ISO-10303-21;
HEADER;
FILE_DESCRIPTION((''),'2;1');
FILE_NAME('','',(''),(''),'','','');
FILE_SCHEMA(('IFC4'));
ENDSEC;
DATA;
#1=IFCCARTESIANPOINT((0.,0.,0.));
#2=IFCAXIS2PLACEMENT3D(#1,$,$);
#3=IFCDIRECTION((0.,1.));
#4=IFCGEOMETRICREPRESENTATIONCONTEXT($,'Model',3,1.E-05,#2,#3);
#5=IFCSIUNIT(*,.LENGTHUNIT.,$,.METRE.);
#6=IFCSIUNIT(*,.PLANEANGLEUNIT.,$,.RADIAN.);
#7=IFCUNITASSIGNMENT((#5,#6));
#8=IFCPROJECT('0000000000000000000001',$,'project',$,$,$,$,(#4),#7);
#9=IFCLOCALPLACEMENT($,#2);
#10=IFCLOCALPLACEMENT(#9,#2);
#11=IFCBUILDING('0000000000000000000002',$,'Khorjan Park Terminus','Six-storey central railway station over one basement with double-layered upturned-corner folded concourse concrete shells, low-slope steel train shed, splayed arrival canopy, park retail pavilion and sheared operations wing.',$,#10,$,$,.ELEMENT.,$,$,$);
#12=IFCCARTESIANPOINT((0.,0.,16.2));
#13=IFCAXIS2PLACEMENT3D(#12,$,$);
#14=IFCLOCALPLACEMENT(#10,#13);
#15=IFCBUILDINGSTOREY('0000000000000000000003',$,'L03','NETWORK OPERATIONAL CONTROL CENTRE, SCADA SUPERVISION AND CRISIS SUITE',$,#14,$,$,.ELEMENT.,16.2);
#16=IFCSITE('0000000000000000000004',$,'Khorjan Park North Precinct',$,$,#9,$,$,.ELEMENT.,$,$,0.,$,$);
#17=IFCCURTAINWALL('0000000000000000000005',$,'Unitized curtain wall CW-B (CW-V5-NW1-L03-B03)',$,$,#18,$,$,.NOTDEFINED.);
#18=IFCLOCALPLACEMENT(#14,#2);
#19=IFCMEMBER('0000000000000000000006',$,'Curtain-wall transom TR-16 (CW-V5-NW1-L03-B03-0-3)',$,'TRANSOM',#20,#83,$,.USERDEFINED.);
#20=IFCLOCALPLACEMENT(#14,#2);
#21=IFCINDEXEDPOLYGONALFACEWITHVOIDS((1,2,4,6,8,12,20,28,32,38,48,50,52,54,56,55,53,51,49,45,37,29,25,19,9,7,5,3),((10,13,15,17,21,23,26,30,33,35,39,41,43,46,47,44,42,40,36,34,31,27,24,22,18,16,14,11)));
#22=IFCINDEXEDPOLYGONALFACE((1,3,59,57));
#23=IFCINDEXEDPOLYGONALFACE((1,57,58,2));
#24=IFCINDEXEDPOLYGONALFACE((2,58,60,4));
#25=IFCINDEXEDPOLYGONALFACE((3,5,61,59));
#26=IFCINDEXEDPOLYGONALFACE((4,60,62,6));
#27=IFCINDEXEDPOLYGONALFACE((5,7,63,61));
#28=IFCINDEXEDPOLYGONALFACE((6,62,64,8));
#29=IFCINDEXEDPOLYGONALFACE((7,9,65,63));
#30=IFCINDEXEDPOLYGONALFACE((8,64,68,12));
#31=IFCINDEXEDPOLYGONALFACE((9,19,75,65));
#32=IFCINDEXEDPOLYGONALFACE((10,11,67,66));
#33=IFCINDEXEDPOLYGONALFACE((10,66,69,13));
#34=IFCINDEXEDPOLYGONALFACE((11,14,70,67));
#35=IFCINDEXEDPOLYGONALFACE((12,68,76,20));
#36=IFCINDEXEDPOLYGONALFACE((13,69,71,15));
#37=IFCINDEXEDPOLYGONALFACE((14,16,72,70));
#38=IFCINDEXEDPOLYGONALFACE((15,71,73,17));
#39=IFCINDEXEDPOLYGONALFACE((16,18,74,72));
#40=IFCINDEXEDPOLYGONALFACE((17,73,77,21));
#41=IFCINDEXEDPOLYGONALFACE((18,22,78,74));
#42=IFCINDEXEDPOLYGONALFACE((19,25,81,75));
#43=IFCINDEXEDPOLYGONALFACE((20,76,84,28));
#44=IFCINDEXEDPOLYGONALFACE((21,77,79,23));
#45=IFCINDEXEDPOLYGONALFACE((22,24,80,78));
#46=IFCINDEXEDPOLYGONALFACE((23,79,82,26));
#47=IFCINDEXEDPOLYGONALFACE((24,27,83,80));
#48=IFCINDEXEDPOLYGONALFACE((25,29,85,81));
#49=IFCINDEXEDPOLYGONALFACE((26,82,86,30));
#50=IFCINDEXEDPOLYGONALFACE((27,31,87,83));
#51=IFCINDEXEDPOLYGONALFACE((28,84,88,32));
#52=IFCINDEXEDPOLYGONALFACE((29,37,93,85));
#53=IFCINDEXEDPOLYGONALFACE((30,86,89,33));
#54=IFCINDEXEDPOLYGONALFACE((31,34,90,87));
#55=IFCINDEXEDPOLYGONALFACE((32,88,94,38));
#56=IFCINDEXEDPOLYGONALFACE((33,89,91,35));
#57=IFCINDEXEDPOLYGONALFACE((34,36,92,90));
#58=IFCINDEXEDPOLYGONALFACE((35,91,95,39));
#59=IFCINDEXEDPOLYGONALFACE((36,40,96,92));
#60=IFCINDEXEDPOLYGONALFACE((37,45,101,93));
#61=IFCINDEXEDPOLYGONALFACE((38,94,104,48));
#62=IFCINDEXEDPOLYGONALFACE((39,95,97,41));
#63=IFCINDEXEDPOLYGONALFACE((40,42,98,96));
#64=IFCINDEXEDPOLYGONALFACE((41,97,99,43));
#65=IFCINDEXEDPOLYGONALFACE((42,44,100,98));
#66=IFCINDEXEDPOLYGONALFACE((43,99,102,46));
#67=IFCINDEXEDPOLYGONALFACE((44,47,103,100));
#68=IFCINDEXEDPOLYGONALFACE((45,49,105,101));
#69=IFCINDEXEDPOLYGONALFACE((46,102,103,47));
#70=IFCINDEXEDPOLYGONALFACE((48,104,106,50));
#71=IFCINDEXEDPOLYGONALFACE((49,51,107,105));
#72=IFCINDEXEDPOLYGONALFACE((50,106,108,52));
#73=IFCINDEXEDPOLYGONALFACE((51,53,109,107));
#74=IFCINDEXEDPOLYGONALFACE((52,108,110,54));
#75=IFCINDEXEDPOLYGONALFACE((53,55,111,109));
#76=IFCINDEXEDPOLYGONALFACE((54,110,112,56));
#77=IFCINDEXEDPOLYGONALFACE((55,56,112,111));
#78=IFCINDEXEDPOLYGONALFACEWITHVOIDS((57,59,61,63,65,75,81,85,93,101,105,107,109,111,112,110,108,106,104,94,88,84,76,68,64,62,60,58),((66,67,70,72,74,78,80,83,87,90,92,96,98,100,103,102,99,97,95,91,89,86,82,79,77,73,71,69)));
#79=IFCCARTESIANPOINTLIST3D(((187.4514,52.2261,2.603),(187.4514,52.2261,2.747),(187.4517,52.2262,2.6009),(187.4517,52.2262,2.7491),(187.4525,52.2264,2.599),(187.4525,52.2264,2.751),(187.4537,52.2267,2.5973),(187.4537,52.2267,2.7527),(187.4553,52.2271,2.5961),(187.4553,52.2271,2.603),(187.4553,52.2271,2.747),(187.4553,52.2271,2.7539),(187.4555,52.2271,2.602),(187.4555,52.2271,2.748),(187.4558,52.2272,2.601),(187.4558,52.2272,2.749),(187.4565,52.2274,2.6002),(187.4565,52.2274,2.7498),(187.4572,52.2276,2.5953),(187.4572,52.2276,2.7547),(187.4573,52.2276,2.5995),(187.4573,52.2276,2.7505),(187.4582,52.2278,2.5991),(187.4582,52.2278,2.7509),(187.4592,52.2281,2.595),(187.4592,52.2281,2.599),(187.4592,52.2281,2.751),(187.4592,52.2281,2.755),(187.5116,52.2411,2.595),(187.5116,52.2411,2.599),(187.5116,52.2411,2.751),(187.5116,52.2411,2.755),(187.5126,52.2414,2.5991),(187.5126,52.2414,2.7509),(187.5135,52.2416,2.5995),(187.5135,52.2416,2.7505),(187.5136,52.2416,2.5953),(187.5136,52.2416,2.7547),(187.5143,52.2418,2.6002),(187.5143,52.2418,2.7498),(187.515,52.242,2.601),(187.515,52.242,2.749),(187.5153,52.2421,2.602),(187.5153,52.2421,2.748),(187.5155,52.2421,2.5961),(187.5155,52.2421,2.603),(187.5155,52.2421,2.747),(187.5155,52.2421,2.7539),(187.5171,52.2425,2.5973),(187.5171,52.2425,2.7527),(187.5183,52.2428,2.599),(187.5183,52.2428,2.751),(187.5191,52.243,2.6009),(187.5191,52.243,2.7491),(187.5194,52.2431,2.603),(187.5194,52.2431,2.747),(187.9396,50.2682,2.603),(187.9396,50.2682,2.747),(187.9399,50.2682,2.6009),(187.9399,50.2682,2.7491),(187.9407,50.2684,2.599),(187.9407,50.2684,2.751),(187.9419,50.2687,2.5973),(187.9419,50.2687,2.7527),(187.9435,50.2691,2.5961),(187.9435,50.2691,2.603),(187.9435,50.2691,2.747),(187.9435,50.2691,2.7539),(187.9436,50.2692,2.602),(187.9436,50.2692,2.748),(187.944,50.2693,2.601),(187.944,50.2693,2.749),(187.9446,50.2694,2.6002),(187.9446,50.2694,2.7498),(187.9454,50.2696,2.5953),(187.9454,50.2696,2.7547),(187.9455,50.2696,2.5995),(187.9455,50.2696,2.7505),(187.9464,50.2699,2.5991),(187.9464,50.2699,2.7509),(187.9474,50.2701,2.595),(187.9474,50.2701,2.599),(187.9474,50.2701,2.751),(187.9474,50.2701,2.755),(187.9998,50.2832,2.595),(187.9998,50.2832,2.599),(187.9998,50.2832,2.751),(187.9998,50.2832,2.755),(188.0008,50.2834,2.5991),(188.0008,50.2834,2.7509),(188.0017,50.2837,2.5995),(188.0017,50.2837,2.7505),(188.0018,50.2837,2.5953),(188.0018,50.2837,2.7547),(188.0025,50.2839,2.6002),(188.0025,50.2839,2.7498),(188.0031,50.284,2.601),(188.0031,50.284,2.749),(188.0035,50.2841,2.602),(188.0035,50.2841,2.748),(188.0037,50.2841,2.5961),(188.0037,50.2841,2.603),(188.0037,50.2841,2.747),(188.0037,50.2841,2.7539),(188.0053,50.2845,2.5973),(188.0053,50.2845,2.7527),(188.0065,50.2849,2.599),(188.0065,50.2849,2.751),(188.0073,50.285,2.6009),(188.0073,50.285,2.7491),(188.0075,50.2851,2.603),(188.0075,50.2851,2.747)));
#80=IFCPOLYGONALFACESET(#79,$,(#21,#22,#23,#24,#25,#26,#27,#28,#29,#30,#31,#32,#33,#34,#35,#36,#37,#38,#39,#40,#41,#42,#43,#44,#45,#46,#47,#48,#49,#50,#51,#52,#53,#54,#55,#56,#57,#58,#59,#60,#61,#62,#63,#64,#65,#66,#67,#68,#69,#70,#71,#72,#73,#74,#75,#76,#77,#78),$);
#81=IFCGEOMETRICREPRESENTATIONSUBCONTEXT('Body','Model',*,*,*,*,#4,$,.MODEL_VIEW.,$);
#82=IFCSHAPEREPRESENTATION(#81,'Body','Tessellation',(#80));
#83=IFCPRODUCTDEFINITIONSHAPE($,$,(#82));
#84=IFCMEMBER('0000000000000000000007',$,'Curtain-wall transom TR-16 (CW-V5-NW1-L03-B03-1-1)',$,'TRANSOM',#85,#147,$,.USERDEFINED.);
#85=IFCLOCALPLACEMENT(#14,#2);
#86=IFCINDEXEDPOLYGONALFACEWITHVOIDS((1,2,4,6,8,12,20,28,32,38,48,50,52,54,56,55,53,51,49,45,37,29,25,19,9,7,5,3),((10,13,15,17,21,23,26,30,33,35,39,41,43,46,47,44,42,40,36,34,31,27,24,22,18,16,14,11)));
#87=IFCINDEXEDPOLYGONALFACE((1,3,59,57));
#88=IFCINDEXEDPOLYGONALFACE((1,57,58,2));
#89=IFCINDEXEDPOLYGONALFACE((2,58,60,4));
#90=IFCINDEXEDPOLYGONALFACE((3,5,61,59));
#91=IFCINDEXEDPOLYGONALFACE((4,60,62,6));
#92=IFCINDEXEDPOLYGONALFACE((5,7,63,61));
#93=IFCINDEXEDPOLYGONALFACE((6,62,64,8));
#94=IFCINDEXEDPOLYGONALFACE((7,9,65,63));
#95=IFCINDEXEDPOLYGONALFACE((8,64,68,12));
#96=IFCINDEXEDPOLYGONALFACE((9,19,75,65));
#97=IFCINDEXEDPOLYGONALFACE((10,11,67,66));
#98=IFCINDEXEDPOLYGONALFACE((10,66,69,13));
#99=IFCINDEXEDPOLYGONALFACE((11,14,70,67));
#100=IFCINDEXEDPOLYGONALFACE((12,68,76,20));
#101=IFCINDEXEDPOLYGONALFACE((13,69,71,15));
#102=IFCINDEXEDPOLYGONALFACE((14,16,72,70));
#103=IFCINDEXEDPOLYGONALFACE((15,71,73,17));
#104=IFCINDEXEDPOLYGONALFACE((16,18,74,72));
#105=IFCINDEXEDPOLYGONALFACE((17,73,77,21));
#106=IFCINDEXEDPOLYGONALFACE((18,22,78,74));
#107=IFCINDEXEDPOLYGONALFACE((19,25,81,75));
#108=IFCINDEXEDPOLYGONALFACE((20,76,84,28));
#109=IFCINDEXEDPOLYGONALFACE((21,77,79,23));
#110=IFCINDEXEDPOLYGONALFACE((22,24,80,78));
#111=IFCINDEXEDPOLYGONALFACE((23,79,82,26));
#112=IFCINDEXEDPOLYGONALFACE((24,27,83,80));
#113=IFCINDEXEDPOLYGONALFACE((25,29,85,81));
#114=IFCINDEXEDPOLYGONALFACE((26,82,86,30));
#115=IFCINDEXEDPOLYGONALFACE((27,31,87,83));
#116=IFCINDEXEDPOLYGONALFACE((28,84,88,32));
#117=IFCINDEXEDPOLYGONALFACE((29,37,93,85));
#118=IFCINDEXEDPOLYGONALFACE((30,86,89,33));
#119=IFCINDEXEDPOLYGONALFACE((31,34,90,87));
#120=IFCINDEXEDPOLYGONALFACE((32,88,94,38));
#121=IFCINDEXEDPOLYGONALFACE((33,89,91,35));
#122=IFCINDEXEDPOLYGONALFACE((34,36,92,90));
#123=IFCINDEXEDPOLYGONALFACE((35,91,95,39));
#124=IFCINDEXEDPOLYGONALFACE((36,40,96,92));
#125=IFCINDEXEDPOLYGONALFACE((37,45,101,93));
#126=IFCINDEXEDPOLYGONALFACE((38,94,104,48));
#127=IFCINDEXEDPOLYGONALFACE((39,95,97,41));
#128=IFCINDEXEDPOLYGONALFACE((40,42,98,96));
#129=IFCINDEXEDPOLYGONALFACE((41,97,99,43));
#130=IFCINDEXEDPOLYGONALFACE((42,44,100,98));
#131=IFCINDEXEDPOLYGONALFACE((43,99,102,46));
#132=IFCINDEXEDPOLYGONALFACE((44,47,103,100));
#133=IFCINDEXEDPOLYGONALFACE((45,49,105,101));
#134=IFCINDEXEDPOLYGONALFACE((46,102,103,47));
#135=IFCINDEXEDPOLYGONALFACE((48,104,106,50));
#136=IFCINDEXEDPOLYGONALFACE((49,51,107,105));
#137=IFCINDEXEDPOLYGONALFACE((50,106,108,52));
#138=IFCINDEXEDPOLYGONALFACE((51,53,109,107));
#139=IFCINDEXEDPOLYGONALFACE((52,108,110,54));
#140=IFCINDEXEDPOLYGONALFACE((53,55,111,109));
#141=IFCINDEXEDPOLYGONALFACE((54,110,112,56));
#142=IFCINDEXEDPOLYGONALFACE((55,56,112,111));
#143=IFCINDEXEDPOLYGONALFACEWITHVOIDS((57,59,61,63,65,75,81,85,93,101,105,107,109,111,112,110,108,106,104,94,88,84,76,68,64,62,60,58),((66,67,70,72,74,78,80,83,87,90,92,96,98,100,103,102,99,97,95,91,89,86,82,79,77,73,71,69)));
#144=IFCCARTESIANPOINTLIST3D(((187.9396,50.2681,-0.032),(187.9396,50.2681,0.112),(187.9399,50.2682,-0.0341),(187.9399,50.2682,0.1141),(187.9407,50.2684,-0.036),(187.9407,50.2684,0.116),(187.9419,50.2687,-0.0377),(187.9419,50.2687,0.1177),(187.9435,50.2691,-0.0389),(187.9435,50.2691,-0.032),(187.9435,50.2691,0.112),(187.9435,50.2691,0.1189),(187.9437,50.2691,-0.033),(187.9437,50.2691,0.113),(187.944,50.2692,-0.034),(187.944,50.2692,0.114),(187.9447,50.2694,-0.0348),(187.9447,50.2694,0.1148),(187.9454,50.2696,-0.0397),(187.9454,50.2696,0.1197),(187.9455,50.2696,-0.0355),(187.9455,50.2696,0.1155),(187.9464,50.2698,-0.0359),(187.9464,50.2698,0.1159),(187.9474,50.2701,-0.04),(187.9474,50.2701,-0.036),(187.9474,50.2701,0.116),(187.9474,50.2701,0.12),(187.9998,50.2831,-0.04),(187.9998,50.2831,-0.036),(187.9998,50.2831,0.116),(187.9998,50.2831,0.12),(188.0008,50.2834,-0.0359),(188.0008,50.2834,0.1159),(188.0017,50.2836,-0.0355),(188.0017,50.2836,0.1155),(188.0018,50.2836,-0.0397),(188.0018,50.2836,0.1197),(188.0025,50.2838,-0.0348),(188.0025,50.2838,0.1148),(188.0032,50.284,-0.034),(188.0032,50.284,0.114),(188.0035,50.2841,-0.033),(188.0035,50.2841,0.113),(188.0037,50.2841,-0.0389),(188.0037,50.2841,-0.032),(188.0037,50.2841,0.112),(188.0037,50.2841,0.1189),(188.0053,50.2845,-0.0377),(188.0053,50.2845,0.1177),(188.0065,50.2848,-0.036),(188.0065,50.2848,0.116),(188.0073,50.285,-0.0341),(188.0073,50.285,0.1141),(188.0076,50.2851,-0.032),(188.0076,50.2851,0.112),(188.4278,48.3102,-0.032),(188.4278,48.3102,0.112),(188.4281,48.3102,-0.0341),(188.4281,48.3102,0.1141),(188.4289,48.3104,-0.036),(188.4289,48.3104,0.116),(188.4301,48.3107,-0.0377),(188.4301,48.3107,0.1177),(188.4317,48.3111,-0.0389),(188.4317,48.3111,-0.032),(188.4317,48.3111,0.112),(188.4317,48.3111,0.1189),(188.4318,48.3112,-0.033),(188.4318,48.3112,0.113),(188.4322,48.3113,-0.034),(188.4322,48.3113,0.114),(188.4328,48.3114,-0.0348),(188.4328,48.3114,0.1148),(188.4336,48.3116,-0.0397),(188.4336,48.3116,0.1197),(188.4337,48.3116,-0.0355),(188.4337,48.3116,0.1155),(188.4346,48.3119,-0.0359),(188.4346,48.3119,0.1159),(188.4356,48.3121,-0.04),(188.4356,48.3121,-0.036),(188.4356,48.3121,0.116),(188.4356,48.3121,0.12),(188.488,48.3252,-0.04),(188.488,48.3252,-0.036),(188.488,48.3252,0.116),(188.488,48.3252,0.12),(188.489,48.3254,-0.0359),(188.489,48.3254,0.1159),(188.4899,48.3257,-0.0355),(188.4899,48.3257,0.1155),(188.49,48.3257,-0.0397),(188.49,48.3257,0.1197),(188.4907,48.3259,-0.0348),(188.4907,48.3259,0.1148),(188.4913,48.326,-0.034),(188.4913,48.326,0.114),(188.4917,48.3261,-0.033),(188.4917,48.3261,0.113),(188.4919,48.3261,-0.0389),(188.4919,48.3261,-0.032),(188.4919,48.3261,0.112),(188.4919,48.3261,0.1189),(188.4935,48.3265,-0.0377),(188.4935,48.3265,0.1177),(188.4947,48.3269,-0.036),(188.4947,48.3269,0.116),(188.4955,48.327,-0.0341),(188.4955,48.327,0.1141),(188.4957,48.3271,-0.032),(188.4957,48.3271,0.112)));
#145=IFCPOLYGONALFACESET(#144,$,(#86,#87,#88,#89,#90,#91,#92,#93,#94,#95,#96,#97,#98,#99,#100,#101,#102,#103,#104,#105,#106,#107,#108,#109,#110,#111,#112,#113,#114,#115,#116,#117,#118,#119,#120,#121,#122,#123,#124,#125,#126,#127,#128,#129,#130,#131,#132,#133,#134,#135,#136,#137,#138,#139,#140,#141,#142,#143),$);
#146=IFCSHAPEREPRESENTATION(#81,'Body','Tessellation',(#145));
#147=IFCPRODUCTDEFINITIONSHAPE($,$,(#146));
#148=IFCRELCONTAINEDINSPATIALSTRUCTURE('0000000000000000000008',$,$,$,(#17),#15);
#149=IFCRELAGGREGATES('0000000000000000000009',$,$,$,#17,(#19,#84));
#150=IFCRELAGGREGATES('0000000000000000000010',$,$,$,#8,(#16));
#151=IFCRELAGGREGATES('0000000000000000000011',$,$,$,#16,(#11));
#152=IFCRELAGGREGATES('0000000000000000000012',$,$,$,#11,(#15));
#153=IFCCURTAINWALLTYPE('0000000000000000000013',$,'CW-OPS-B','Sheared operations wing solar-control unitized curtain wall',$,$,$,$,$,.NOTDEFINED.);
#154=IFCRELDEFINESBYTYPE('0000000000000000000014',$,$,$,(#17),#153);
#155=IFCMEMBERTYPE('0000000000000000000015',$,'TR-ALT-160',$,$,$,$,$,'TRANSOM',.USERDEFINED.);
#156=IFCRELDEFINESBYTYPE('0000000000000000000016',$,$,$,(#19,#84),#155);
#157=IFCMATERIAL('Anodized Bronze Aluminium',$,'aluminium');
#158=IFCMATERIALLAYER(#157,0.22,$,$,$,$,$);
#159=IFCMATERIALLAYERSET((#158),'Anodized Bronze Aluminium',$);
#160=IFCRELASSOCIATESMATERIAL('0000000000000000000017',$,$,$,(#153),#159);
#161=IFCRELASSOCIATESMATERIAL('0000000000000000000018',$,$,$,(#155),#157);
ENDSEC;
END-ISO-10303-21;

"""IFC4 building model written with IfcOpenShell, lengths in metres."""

from ifc_helpers import new_model, si_unit, direction, frame, origin, origin_2d, place, context, subcontext, project, spatial, hollow_rectangle, extrude, material, layer, layer_set, material_profile, profile_set, type_object, element, aggregate, save


model = new_model("IFC4")

# Units and contexts
model_context = context("Model", 3, precision=1e-05, world=origin(), true_north=direction((0.0, 1.0)))
body_context = subcontext(model_context, "Body", "Model", "MODEL_VIEW")
ifc_project = project(units=[si_unit("LENGTHUNIT", "METRE"), si_unit("PLANEANGLEUNIT", "RADIAN")], contexts=[model_context])

# Site, building, storey
site_placement = place(None, origin())
site = spatial("IfcSite", under=ifc_project, at=site_placement, Name="Khorjan Park North Precinct", CompositionType="ELEMENT", RefElevation=0.0)
building_placement = place(site_placement, origin())
building = spatial("IfcBuilding", under=site, at=building_placement, Name="Khorjan Park Terminus", Description="Six-storey central railway station over one basement with double-layered upturned-corner folded concourse concrete shells, low-slope steel train shed, splayed arrival canopy, park retail pavilion and sheared operations wing.", CompositionType="ELEMENT")
storey_placement = place(building_placement, frame((0.0, 0.0, 16.2)))
storey = spatial("IfcBuildingStorey", under=building, at=storey_placement, Name="L03", Description="NETWORK OPERATIONAL CONTROL CENTRE, SCADA SUPERVISION AND CRISIS SUITE", CompositionType="ELEMENT", Elevation=16.2)

# Curtain wall, members
ifc_material_1 = material(Name="Anodized Bronze Aluminium", Category="aluminium")
ifc_layer_1 = layer(ifc_material_1, 0.22)
ifc_layer_set_1 = layer_set([ifc_layer_1], Name="Anodized Bronze Aluminium")
curtain_wall_type = type_object("IfcCurtainWallType", Name="CW-OPS-B", Description="Sheared operations wing solar-control unitized curtain wall", PredefinedType="NOTDEFINED", material=ifc_layer_set_1)
curtain_wall_placement = place(storey_placement, origin())
curtain_wall = element("IfcCurtainWall", 1, at=curtain_wall_placement, inside=storey, type_object=curtain_wall_type, Name="Unitized curtain wall CW-B (CW-V5-NW1-L03-B03)", PredefinedType="NOTDEFINED")
ifc_material_profile_1 = material_profile(ifc_material_1, hollow_rectangle(XDim=0.07, YDim=0.16, WallThickness=0.004, InnerFilletRadius=0.004, OuterFilletRadius=0.008, at=origin_2d()), Name="ALT 70x160x4")
ifc_profile_set_1 = profile_set([ifc_material_profile_1], Name="Anodized Bronze Aluminium")
member_type_1 = type_object("IfcMemberType", Name="TR-ALT-160", ElementType="TRANSOM", PredefinedType="USERDEFINED", material=ifc_profile_set_1)
member_1_placement = place(storey_placement, frame((187.4854, 52.2346, 2.675), z_axis=(0.241929, -0.970294, 0.0), x_axis=(0.970294, 0.241929, 0.0)))
member_1 = element("IfcMember", 2, at=member_1_placement, type_object=member_type_1, Name="Curtain-wall transom TR-16 (CW-V5-NW1-L03-B03-0-3)", ObjectType="TRANSOM", PredefinedType="USERDEFINED", context=body_context, shape_type="SweptSolid", body=[
    extrude(hollow_rectangle(XDim=0.07, YDim=0.16, WallThickness=0.004, InnerFilletRadius=0.004, OuterFilletRadius=0.008, at=origin_2d()), origin(), (0.0, 0.0, 1.0), 2.0179),
])
member_2_placement = place(storey_placement, frame((187.9736, 50.2766, 0.04), z_axis=(0.241929, -0.970294, 0.0), x_axis=(0.970294, 0.241929, 0.0)))
member_2 = element("IfcMember", 3, at=member_2_placement, type_object=member_type_1, Name="Curtain-wall transom TR-16 (CW-V5-NW1-L03-B03-1-1)", ObjectType="TRANSOM", PredefinedType="USERDEFINED", context=body_context, shape_type="SweptSolid", body=[
    extrude(hollow_rectangle(XDim=0.07, YDim=0.16, WallThickness=0.004, InnerFilletRadius=0.004, OuterFilletRadius=0.008, at=origin_2d()), origin(), (0.0, 0.0, 1.0), 2.0179),
])
aggregate(curtain_wall, [member_1, member_2])

save(model, "model.ifc")
